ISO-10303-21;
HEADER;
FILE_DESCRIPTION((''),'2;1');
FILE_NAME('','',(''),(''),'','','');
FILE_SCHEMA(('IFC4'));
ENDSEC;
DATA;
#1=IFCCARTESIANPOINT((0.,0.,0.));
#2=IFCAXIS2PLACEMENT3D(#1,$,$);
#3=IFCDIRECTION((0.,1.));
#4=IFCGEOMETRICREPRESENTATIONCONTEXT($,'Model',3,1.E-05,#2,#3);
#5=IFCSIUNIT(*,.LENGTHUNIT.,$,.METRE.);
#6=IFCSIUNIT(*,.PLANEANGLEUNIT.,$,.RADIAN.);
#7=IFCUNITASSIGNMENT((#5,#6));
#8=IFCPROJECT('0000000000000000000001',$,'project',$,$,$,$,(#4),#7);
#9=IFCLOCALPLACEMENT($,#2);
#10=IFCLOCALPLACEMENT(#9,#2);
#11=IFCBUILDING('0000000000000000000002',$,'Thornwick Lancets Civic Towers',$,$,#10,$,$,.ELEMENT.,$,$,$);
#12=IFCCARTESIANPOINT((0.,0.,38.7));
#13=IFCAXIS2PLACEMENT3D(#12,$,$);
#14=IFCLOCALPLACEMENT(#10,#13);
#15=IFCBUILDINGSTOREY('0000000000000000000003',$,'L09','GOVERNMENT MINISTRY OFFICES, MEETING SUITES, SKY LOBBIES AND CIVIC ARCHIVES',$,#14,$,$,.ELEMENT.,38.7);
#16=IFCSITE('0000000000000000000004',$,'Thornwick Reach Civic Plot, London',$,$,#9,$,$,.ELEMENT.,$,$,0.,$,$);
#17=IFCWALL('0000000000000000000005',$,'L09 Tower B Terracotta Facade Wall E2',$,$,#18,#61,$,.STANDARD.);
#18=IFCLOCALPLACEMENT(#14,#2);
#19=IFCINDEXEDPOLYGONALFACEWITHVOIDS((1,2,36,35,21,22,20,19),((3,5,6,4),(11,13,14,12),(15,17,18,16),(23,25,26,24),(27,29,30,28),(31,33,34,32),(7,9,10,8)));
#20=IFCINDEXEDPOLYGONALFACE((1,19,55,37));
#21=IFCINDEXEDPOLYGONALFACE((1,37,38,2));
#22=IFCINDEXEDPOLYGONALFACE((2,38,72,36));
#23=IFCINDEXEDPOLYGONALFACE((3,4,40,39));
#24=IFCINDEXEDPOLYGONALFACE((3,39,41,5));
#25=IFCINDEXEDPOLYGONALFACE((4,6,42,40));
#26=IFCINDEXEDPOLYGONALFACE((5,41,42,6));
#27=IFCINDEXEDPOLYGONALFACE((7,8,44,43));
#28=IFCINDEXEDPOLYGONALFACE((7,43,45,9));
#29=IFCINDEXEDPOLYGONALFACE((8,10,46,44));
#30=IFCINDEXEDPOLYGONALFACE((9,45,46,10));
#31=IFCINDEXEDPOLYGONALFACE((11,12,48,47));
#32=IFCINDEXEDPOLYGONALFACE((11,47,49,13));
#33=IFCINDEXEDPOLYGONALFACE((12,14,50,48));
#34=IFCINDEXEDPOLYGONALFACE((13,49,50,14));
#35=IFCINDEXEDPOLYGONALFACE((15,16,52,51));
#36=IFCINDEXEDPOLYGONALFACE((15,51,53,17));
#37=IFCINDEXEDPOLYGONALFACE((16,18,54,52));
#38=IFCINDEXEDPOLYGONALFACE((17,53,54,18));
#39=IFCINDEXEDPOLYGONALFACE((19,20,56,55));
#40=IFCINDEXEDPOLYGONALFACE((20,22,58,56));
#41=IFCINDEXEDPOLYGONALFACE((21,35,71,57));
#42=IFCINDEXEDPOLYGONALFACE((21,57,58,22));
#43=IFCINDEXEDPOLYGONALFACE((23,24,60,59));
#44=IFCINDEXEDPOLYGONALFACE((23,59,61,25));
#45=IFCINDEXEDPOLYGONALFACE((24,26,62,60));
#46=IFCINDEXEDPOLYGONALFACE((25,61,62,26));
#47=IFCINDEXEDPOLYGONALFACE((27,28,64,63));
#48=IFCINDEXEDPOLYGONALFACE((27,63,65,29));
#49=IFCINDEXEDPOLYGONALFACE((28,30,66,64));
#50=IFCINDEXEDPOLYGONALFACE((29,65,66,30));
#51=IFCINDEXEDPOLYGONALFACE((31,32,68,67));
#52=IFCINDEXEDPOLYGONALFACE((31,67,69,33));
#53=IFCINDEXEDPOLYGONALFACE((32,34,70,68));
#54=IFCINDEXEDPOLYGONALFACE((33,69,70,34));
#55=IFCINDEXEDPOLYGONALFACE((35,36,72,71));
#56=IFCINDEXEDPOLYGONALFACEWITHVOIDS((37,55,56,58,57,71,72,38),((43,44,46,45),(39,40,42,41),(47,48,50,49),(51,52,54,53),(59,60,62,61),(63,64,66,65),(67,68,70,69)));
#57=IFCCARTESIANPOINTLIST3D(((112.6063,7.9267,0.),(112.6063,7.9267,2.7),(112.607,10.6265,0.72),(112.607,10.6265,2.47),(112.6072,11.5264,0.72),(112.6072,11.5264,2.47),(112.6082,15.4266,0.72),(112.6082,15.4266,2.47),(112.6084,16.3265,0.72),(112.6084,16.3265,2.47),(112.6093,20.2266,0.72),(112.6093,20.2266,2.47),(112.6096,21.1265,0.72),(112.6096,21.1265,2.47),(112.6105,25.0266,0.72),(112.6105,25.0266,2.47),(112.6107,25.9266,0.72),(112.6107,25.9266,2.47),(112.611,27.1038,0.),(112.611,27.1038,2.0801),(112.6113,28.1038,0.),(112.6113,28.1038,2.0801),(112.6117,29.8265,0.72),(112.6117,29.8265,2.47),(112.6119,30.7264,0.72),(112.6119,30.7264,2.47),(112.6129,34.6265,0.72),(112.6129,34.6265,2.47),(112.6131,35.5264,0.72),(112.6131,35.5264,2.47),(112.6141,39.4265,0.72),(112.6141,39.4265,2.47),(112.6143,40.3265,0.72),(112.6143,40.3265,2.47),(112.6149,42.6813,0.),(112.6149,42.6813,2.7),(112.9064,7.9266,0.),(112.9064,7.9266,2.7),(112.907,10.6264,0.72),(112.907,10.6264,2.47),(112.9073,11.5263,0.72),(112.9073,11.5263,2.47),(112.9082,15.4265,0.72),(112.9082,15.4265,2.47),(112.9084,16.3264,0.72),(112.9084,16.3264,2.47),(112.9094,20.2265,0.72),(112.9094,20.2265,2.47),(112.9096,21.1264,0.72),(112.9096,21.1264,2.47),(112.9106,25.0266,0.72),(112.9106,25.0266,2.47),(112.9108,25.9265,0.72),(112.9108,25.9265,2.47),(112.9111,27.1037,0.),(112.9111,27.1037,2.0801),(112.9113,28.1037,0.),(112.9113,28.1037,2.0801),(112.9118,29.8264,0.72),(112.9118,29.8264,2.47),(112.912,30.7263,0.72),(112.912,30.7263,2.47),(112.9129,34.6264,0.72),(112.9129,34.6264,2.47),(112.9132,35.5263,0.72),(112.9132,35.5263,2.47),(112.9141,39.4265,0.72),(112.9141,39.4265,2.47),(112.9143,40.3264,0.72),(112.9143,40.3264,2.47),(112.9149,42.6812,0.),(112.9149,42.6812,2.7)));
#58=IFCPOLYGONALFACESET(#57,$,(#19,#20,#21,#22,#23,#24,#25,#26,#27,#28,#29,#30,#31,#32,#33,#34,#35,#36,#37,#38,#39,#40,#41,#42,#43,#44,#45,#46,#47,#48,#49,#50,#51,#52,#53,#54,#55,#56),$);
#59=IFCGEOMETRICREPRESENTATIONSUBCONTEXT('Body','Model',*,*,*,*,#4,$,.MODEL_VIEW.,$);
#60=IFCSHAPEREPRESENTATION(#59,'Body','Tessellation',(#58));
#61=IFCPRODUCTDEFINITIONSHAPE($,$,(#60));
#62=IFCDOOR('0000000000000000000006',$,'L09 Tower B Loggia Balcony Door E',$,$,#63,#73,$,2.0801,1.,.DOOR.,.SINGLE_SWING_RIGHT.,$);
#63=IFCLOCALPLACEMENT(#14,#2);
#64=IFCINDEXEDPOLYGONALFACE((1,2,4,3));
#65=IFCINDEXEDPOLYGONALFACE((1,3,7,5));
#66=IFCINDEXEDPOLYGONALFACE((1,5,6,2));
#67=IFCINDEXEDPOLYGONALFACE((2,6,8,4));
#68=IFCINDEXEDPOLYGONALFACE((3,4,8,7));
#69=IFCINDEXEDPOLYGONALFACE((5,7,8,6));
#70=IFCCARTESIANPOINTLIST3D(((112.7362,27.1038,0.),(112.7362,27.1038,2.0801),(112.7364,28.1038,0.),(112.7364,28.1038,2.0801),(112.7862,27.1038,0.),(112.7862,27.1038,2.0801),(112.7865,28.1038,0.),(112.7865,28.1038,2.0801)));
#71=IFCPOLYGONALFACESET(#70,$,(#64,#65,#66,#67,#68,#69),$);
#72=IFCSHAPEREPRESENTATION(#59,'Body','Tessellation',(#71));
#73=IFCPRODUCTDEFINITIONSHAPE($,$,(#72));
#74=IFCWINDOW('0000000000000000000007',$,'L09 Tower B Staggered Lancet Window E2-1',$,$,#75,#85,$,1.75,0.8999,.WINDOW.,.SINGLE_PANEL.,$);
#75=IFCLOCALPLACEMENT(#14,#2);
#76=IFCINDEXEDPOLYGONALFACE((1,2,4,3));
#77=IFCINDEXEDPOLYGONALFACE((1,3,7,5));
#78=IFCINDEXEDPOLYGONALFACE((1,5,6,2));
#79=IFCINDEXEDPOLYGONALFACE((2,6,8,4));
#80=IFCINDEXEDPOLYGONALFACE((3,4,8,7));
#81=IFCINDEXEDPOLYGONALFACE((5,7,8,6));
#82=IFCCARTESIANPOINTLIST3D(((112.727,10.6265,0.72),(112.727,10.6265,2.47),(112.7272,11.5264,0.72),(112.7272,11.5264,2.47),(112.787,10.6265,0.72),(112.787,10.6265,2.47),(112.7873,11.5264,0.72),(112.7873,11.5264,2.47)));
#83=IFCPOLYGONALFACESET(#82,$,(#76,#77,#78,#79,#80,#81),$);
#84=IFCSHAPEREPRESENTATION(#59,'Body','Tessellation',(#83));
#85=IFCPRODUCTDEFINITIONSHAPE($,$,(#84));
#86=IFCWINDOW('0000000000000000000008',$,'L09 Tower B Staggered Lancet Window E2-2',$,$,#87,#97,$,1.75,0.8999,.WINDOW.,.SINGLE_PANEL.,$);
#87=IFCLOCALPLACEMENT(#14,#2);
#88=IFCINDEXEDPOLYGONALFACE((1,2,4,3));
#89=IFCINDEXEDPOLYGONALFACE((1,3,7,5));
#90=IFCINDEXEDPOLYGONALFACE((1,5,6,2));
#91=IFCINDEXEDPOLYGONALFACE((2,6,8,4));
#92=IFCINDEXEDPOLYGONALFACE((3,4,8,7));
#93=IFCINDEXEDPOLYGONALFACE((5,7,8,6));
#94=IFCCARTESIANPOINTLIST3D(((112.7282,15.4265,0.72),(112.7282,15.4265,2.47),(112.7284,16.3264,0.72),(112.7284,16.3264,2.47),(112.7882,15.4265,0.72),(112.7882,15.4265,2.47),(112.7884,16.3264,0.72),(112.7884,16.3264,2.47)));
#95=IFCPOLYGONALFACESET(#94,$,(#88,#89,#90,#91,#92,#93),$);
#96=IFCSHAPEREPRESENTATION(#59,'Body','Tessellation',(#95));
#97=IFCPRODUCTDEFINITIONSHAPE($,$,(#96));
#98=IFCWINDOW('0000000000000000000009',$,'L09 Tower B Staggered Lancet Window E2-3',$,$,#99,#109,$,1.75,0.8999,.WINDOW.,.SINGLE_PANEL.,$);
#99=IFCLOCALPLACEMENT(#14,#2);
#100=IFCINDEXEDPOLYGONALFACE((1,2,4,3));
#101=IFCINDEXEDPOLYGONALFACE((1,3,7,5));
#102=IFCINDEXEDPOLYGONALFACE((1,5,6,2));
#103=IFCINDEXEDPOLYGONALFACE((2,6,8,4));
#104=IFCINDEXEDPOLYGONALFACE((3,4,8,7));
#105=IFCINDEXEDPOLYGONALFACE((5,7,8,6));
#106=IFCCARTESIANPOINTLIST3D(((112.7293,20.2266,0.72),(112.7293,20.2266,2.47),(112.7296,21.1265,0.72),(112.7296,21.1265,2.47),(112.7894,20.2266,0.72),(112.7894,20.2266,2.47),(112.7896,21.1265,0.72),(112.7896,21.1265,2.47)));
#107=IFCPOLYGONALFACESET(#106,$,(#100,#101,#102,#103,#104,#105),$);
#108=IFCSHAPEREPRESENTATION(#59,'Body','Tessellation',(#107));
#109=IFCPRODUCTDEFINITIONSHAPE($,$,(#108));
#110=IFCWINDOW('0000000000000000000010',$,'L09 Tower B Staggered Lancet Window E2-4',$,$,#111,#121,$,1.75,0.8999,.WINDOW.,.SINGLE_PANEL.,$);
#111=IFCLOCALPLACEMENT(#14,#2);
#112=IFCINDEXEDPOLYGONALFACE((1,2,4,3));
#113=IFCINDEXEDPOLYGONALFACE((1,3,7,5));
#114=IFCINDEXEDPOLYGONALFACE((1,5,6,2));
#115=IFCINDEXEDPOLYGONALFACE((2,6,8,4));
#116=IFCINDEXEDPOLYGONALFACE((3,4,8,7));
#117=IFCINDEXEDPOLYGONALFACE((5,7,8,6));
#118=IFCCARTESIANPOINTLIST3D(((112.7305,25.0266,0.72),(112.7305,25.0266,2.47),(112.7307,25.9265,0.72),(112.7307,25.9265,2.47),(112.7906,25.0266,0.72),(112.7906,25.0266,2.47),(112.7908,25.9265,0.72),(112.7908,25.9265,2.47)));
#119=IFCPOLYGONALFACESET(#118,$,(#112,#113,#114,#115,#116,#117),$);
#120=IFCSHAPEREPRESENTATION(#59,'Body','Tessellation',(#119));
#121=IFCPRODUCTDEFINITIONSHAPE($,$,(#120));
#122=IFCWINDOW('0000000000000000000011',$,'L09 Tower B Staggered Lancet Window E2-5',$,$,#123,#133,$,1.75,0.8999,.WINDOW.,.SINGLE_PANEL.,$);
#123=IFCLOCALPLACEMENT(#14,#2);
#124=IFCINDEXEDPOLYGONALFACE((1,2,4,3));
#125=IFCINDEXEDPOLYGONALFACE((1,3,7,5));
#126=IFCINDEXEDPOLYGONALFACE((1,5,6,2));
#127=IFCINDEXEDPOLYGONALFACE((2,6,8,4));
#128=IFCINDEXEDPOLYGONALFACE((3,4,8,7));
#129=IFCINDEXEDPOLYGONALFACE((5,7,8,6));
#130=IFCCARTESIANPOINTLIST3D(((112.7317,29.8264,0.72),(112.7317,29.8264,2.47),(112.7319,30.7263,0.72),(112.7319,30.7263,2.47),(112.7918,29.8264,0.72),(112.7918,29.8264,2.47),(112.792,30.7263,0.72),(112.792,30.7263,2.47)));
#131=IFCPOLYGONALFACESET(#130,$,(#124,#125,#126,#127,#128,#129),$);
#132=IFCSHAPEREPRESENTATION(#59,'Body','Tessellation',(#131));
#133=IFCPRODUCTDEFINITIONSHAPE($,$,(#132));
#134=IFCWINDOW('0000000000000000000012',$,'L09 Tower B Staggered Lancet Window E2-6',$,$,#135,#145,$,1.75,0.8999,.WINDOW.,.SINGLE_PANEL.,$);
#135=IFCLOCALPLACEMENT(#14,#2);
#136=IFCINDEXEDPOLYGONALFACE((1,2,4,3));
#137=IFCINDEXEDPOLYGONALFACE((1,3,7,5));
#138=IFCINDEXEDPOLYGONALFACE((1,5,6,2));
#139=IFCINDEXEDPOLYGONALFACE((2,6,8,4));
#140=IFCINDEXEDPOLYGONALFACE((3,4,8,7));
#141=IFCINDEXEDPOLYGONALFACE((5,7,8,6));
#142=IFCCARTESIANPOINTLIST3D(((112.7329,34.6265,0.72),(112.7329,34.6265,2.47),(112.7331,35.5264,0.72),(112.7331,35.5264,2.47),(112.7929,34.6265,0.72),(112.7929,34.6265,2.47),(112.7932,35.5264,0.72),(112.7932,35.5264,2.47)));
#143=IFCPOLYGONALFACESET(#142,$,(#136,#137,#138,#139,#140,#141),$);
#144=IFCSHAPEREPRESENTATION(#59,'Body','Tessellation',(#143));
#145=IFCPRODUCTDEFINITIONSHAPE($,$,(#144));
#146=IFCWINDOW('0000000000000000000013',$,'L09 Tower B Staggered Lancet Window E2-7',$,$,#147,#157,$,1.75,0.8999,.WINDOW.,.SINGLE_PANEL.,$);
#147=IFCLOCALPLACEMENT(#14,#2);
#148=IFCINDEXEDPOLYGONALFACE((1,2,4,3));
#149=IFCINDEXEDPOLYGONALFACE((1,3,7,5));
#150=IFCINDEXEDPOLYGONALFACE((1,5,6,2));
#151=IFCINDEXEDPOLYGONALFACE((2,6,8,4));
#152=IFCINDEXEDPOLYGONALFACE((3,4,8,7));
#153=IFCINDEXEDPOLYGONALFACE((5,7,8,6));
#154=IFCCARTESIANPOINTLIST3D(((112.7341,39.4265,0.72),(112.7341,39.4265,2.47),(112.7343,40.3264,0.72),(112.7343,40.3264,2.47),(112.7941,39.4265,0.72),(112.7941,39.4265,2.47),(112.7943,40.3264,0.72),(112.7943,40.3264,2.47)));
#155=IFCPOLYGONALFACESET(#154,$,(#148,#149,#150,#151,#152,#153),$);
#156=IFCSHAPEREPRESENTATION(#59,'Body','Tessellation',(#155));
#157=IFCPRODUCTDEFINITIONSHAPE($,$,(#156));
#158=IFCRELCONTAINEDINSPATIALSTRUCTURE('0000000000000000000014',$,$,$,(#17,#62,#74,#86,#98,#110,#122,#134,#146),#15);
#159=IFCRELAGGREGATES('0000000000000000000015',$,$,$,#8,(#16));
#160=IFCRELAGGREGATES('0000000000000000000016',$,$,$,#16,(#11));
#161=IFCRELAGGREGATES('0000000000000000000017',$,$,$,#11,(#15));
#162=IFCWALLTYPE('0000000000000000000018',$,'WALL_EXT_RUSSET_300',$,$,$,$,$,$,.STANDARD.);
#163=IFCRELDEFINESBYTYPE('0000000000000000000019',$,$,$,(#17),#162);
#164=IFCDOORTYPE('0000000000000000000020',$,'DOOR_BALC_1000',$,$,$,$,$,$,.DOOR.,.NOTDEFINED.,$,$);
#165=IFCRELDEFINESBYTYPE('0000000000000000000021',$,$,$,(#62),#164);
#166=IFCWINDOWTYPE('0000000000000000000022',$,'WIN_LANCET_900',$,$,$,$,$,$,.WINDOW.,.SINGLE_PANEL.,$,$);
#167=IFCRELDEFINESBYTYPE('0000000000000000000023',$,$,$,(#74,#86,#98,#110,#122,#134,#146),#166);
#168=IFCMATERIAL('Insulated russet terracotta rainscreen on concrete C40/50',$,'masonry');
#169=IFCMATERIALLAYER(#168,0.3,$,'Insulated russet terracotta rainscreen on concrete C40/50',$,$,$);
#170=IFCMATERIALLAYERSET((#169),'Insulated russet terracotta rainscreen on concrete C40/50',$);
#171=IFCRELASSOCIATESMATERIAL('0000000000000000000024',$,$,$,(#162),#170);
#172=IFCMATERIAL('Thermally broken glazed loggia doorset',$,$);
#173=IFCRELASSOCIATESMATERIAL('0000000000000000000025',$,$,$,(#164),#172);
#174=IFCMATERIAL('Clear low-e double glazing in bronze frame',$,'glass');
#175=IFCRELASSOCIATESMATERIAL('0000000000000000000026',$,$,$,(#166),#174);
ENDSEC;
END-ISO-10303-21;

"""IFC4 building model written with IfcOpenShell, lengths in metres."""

from ifc_helpers import new_model, si_unit, direction, frame, frame_2d, origin, place, context, subcontext, project, spatial, rectangle, extrude, material, layer, layer_set, type_object, element, fill, save


model = new_model("IFC4")

# Units and contexts
model_context = context("Model", 3, precision=1e-05, world=origin(), true_north=direction((0.0, 1.0)))
body_context = subcontext(model_context, "Body", "Model", "MODEL_VIEW")
ifc_project = project(units=[si_unit("LENGTHUNIT", "METRE"), si_unit("PLANEANGLEUNIT", "RADIAN")], contexts=[model_context])

# Site, building, storey
site_placement = place(None, origin())
site = spatial("IfcSite", under=ifc_project, at=site_placement, Name="Thornwick Reach Civic Plot, London", CompositionType="ELEMENT", RefElevation=0.0)
building_placement = place(site_placement, origin())
building = spatial("IfcBuilding", under=site, at=building_placement, Name="Thornwick Lancets Civic Towers", CompositionType="ELEMENT")
storey_placement = place(building_placement, frame((0.0, 0.0, 38.7)))
storey = spatial("IfcBuildingStorey", under=building, at=storey_placement, Name="L09", Description="GOVERNMENT MINISTRY OFFICES, MEETING SUITES, SKY LOBBIES AND CIVIC ARCHIVES", CompositionType="ELEMENT", Elevation=38.7)

# Wall, openings, door, windows
ifc_material_1 = material(Name="Insulated russet terracotta rainscreen on concrete C40/50", Category="masonry")
ifc_layer_1 = layer(ifc_material_1, 0.3, Name="Insulated russet terracotta rainscreen on concrete C40/50")
ifc_layer_set_1 = layer_set([ifc_layer_1], Name="Insulated russet terracotta rainscreen on concrete C40/50")
wall_type_1 = type_object("IfcWallType", Name="WALL_EXT_RUSSET_300", PredefinedType="STANDARD", material=ifc_layer_set_1)
wall_1_placement = place(storey_placement, frame((112.7563, 7.9265, 0.0), z_axis=(0.0, 0.0, 1.0), x_axis=(0.000246, 1.0, 0.0)))
wall_1 = element("IfcWall", 1, at=wall_1_placement, inside=storey, type_object=wall_type_1, Name="L09 Tower B Terracotta Facade Wall E2", PredefinedType="STANDARD", context=body_context, shape_type="SweptSolid", body=[
    extrude(rectangle(XDim=34.7546, YDim=0.3, at=frame_2d((17.3774, 0.0))), origin(), (0.0, 0.0, 1.0), 2.7),
])
opening_1_placement = place(wall_1_placement, frame((19.1772, 0.0, 0.0)))
opening_1 = element("IfcOpeningElement", 2, at=opening_1_placement, cuts=wall_1, PredefinedType="OPENING", context=body_context, shape_type="SweptSolid", body=[
    extrude(rectangle(XDim=1.0, YDim=2.0801, at=frame_2d((0.5, 1.04))), frame((0.0, 0.1602, 0.0), z_axis=(0.0, -1.0, 0.0), x_axis=(1.0, 0.0, 0.0)), (0.0, 0.0, 1.0), 0.3201),
])
opening_2_placement = place(wall_1_placement, frame((2.7, 0.0, 0.72)))
opening_2 = element("IfcOpeningElement", 3, at=opening_2_placement, cuts=wall_1, PredefinedType="OPENING", context=body_context, shape_type="SweptSolid", body=[
    extrude(rectangle(XDim=0.8999, YDim=1.75, at=frame_2d((0.45, 0.875))), frame((0.0, 0.1602, 0.0), z_axis=(0.0, -1.0, 0.0), x_axis=(1.0, 0.0, 0.0)), (0.0, 0.0, 1.0), 0.3201),
])
opening_3_placement = place(wall_1_placement, frame((7.5, 0.0, 0.72)))
opening_3 = element("IfcOpeningElement", 4, at=opening_3_placement, cuts=wall_1, PredefinedType="OPENING", context=body_context, shape_type="SweptSolid", body=[
    extrude(rectangle(XDim=0.8999, YDim=1.75, at=frame_2d((0.45, 0.875))), frame((0.0, 0.1602, 0.0), z_axis=(0.0, -1.0, 0.0), x_axis=(1.0, 0.0, 0.0)), (0.0, 0.0, 1.0), 0.3201),
])
opening_4_placement = place(wall_1_placement, frame((12.3, 0.0, 0.72)))
opening_4 = element("IfcOpeningElement", 5, at=opening_4_placement, cuts=wall_1, PredefinedType="OPENING", context=body_context, shape_type="SweptSolid", body=[
    extrude(rectangle(XDim=0.8999, YDim=1.75, at=frame_2d((0.45, 0.875))), frame((0.0, 0.1602, 0.0), z_axis=(0.0, -1.0, 0.0), x_axis=(1.0, 0.0, 0.0)), (0.0, 0.0, 1.0), 0.3201),
])
opening_5_placement = place(wall_1_placement, frame((17.1001, 0.0, 0.72)))
opening_5 = element("IfcOpeningElement", 6, at=opening_5_placement, cuts=wall_1, PredefinedType="OPENING", context=body_context, shape_type="SweptSolid", body=[
    extrude(rectangle(XDim=0.8999, YDim=1.75, at=frame_2d((0.45, 0.875))), frame((0.0, 0.1602, 0.0), z_axis=(0.0, -1.0, 0.0), x_axis=(1.0, 0.0, 0.0)), (0.0, 0.0, 1.0), 0.3201),
])
opening_6_placement = place(wall_1_placement, frame((21.8999, 0.0, 0.72)))
opening_6 = element("IfcOpeningElement", 7, at=opening_6_placement, cuts=wall_1, PredefinedType="OPENING", context=body_context, shape_type="SweptSolid", body=[
    extrude(rectangle(XDim=0.8999, YDim=1.75, at=frame_2d((0.45, 0.875))), frame((0.0, 0.1602, 0.0), z_axis=(0.0, -1.0, 0.0), x_axis=(1.0, 0.0, 0.0)), (0.0, 0.0, 1.0), 0.3201),
])
opening_7_placement = place(wall_1_placement, frame((26.7, 0.0, 0.72)))
opening_7 = element("IfcOpeningElement", 8, at=opening_7_placement, cuts=wall_1, PredefinedType="OPENING", context=body_context, shape_type="SweptSolid", body=[
    extrude(rectangle(XDim=0.8999, YDim=1.75, at=frame_2d((0.45, 0.875))), frame((0.0, 0.1602, 0.0), z_axis=(0.0, -1.0, 0.0), x_axis=(1.0, 0.0, 0.0)), (0.0, 0.0, 1.0), 0.3201),
])
opening_8_placement = place(wall_1_placement, frame((31.5, 0.0, 0.72)))
opening_8 = element("IfcOpeningElement", 9, at=opening_8_placement, cuts=wall_1, PredefinedType="OPENING", context=body_context, shape_type="SweptSolid", body=[
    extrude(rectangle(XDim=0.8999, YDim=1.75, at=frame_2d((0.45, 0.875))), frame((0.0, 0.1602, 0.0), z_axis=(0.0, -1.0, 0.0), x_axis=(1.0, 0.0, 0.0)), (0.0, 0.0, 1.0), 0.3201),
])
ifc_material_2 = material(Name="Thermally broken glazed loggia doorset")
door_type = type_object("IfcDoorType", Name="DOOR_BALC_1000", OperationType="NOTDEFINED", PredefinedType="DOOR", material=ifc_material_2)
door_placement = place(opening_1_placement, origin())
door = element("IfcDoor", 10, at=door_placement, inside=storey, type_object=door_type, Name="L09 Tower B Loggia Balcony Door E", OperationType="SINGLE_SWING_RIGHT", OverallHeight=2.0801, OverallWidth=1.0, PredefinedType="DOOR", context=body_context, shape_type="SweptSolid", body=[
    extrude(rectangle(XDim=1.0, YDim=2.0801, at=frame_2d((0.5, 1.04))), frame((0.0, 0.0249, 0.0), z_axis=(0.0, -1.0, 0.0), x_axis=(1.0, 0.0, 0.0)), (0.0, 0.0, 1.0), 0.05),
])
fill(opening_1, door)
ifc_material_3 = material(Name="Clear low-e double glazing in bronze frame", Category="glass")
window_type = type_object("IfcWindowType", Name="WIN_LANCET_900", PartitioningType="SINGLE_PANEL", PredefinedType="WINDOW", material=ifc_material_3)
window_1_placement = place(opening_2_placement, origin())
window_1 = element("IfcWindow", 11, at=window_1_placement, inside=storey, type_object=window_type, Name="L09 Tower B Staggered Lancet Window E2-1", OverallHeight=1.75, OverallWidth=0.8999, PartitioningType="SINGLE_PANEL", PredefinedType="WINDOW", context=body_context, shape_type="SweptSolid", body=[
    extrude(rectangle(XDim=0.8999, YDim=1.75, at=frame_2d((0.45, 0.875))), frame((0.0, 0.03, 0.0), z_axis=(0.0, -1.0, 0.0), x_axis=(1.0, 0.0, 0.0)), (0.0, 0.0, 1.0), 0.0601),
])
fill(opening_2, window_1)
window_2_placement = place(opening_3_placement, origin())
window_2 = element("IfcWindow", 12, at=window_2_placement, inside=storey, type_object=window_type, Name="L09 Tower B Staggered Lancet Window E2-2", OverallHeight=1.75, OverallWidth=0.8999, PartitioningType="SINGLE_PANEL", PredefinedType="WINDOW", context=body_context, shape_type="SweptSolid", body=[
    extrude(rectangle(XDim=0.8999, YDim=1.75, at=frame_2d((0.45, 0.875))), frame((0.0, 0.03, 0.0), z_axis=(0.0, -1.0, 0.0), x_axis=(1.0, 0.0, 0.0)), (0.0, 0.0, 1.0), 0.0601),
])
fill(opening_3, window_2)
window_3_placement = place(opening_4_placement, origin())
window_3 = element("IfcWindow", 13, at=window_3_placement, inside=storey, type_object=window_type, Name="L09 Tower B Staggered Lancet Window E2-3", OverallHeight=1.75, OverallWidth=0.8999, PartitioningType="SINGLE_PANEL", PredefinedType="WINDOW", context=body_context, shape_type="SweptSolid", body=[
    extrude(rectangle(XDim=0.8999, YDim=1.75, at=frame_2d((0.45, 0.875))), frame((0.0, 0.03, 0.0), z_axis=(0.0, -1.0, 0.0), x_axis=(1.0, 0.0, 0.0)), (0.0, 0.0, 1.0), 0.0601),
])
fill(opening_4, window_3)
window_4_placement = place(opening_5_placement, origin())
window_4 = element("IfcWindow", 14, at=window_4_placement, inside=storey, type_object=window_type, Name="L09 Tower B Staggered Lancet Window E2-4", OverallHeight=1.75, OverallWidth=0.8999, PartitioningType="SINGLE_PANEL", PredefinedType="WINDOW", context=body_context, shape_type="SweptSolid", body=[
    extrude(rectangle(XDim=0.8999, YDim=1.75, at=frame_2d((0.45, 0.875))), frame((0.0, 0.03, 0.0), z_axis=(0.0, -1.0, 0.0), x_axis=(1.0, 0.0, 0.0)), (0.0, 0.0, 1.0), 0.0601),
])
fill(opening_5, window_4)
window_5_placement = place(opening_6_placement, origin())
window_5 = element("IfcWindow", 15, at=window_5_placement, inside=storey, type_object=window_type, Name="L09 Tower B Staggered Lancet Window E2-5", OverallHeight=1.75, OverallWidth=0.8999, PartitioningType="SINGLE_PANEL", PredefinedType="WINDOW", context=body_context, shape_type="SweptSolid", body=[
    extrude(rectangle(XDim=0.8999, YDim=1.75, at=frame_2d((0.45, 0.875))), frame((0.0, 0.03, 0.0), z_axis=(0.0, -1.0, 0.0), x_axis=(1.0, 0.0, 0.0)), (0.0, 0.0, 1.0), 0.0601),
])
fill(opening_6, window_5)
window_6_placement = place(opening_7_placement, origin())
window_6 = element("IfcWindow", 16, at=window_6_placement, inside=storey, type_object=window_type, Name="L09 Tower B Staggered Lancet Window E2-6", OverallHeight=1.75, OverallWidth=0.8999, PartitioningType="SINGLE_PANEL", PredefinedType="WINDOW", context=body_context, shape_type="SweptSolid", body=[
    extrude(rectangle(XDim=0.8999, YDim=1.75, at=frame_2d((0.45, 0.875))), frame((0.0, 0.03, 0.0), z_axis=(0.0, -1.0, 0.0), x_axis=(1.0, 0.0, 0.0)), (0.0, 0.0, 1.0), 0.0601),
])
fill(opening_7, window_6)
window_7_placement = place(opening_8_placement, origin())
window_7 = element("IfcWindow", 17, at=window_7_placement, inside=storey, type_object=window_type, Name="L09 Tower B Staggered Lancet Window E2-7", OverallHeight=1.75, OverallWidth=0.8999, PartitioningType="SINGLE_PANEL", PredefinedType="WINDOW", context=body_context, shape_type="SweptSolid", body=[
    extrude(rectangle(XDim=0.8999, YDim=1.75, at=frame_2d((0.45, 0.875))), frame((0.0, 0.03, 0.0), z_axis=(0.0, -1.0, 0.0), x_axis=(1.0, 0.0, 0.0)), (0.0, 0.0, 1.0), 0.0601),
])
fill(opening_8, window_7)

save(model, "model.ifc")
